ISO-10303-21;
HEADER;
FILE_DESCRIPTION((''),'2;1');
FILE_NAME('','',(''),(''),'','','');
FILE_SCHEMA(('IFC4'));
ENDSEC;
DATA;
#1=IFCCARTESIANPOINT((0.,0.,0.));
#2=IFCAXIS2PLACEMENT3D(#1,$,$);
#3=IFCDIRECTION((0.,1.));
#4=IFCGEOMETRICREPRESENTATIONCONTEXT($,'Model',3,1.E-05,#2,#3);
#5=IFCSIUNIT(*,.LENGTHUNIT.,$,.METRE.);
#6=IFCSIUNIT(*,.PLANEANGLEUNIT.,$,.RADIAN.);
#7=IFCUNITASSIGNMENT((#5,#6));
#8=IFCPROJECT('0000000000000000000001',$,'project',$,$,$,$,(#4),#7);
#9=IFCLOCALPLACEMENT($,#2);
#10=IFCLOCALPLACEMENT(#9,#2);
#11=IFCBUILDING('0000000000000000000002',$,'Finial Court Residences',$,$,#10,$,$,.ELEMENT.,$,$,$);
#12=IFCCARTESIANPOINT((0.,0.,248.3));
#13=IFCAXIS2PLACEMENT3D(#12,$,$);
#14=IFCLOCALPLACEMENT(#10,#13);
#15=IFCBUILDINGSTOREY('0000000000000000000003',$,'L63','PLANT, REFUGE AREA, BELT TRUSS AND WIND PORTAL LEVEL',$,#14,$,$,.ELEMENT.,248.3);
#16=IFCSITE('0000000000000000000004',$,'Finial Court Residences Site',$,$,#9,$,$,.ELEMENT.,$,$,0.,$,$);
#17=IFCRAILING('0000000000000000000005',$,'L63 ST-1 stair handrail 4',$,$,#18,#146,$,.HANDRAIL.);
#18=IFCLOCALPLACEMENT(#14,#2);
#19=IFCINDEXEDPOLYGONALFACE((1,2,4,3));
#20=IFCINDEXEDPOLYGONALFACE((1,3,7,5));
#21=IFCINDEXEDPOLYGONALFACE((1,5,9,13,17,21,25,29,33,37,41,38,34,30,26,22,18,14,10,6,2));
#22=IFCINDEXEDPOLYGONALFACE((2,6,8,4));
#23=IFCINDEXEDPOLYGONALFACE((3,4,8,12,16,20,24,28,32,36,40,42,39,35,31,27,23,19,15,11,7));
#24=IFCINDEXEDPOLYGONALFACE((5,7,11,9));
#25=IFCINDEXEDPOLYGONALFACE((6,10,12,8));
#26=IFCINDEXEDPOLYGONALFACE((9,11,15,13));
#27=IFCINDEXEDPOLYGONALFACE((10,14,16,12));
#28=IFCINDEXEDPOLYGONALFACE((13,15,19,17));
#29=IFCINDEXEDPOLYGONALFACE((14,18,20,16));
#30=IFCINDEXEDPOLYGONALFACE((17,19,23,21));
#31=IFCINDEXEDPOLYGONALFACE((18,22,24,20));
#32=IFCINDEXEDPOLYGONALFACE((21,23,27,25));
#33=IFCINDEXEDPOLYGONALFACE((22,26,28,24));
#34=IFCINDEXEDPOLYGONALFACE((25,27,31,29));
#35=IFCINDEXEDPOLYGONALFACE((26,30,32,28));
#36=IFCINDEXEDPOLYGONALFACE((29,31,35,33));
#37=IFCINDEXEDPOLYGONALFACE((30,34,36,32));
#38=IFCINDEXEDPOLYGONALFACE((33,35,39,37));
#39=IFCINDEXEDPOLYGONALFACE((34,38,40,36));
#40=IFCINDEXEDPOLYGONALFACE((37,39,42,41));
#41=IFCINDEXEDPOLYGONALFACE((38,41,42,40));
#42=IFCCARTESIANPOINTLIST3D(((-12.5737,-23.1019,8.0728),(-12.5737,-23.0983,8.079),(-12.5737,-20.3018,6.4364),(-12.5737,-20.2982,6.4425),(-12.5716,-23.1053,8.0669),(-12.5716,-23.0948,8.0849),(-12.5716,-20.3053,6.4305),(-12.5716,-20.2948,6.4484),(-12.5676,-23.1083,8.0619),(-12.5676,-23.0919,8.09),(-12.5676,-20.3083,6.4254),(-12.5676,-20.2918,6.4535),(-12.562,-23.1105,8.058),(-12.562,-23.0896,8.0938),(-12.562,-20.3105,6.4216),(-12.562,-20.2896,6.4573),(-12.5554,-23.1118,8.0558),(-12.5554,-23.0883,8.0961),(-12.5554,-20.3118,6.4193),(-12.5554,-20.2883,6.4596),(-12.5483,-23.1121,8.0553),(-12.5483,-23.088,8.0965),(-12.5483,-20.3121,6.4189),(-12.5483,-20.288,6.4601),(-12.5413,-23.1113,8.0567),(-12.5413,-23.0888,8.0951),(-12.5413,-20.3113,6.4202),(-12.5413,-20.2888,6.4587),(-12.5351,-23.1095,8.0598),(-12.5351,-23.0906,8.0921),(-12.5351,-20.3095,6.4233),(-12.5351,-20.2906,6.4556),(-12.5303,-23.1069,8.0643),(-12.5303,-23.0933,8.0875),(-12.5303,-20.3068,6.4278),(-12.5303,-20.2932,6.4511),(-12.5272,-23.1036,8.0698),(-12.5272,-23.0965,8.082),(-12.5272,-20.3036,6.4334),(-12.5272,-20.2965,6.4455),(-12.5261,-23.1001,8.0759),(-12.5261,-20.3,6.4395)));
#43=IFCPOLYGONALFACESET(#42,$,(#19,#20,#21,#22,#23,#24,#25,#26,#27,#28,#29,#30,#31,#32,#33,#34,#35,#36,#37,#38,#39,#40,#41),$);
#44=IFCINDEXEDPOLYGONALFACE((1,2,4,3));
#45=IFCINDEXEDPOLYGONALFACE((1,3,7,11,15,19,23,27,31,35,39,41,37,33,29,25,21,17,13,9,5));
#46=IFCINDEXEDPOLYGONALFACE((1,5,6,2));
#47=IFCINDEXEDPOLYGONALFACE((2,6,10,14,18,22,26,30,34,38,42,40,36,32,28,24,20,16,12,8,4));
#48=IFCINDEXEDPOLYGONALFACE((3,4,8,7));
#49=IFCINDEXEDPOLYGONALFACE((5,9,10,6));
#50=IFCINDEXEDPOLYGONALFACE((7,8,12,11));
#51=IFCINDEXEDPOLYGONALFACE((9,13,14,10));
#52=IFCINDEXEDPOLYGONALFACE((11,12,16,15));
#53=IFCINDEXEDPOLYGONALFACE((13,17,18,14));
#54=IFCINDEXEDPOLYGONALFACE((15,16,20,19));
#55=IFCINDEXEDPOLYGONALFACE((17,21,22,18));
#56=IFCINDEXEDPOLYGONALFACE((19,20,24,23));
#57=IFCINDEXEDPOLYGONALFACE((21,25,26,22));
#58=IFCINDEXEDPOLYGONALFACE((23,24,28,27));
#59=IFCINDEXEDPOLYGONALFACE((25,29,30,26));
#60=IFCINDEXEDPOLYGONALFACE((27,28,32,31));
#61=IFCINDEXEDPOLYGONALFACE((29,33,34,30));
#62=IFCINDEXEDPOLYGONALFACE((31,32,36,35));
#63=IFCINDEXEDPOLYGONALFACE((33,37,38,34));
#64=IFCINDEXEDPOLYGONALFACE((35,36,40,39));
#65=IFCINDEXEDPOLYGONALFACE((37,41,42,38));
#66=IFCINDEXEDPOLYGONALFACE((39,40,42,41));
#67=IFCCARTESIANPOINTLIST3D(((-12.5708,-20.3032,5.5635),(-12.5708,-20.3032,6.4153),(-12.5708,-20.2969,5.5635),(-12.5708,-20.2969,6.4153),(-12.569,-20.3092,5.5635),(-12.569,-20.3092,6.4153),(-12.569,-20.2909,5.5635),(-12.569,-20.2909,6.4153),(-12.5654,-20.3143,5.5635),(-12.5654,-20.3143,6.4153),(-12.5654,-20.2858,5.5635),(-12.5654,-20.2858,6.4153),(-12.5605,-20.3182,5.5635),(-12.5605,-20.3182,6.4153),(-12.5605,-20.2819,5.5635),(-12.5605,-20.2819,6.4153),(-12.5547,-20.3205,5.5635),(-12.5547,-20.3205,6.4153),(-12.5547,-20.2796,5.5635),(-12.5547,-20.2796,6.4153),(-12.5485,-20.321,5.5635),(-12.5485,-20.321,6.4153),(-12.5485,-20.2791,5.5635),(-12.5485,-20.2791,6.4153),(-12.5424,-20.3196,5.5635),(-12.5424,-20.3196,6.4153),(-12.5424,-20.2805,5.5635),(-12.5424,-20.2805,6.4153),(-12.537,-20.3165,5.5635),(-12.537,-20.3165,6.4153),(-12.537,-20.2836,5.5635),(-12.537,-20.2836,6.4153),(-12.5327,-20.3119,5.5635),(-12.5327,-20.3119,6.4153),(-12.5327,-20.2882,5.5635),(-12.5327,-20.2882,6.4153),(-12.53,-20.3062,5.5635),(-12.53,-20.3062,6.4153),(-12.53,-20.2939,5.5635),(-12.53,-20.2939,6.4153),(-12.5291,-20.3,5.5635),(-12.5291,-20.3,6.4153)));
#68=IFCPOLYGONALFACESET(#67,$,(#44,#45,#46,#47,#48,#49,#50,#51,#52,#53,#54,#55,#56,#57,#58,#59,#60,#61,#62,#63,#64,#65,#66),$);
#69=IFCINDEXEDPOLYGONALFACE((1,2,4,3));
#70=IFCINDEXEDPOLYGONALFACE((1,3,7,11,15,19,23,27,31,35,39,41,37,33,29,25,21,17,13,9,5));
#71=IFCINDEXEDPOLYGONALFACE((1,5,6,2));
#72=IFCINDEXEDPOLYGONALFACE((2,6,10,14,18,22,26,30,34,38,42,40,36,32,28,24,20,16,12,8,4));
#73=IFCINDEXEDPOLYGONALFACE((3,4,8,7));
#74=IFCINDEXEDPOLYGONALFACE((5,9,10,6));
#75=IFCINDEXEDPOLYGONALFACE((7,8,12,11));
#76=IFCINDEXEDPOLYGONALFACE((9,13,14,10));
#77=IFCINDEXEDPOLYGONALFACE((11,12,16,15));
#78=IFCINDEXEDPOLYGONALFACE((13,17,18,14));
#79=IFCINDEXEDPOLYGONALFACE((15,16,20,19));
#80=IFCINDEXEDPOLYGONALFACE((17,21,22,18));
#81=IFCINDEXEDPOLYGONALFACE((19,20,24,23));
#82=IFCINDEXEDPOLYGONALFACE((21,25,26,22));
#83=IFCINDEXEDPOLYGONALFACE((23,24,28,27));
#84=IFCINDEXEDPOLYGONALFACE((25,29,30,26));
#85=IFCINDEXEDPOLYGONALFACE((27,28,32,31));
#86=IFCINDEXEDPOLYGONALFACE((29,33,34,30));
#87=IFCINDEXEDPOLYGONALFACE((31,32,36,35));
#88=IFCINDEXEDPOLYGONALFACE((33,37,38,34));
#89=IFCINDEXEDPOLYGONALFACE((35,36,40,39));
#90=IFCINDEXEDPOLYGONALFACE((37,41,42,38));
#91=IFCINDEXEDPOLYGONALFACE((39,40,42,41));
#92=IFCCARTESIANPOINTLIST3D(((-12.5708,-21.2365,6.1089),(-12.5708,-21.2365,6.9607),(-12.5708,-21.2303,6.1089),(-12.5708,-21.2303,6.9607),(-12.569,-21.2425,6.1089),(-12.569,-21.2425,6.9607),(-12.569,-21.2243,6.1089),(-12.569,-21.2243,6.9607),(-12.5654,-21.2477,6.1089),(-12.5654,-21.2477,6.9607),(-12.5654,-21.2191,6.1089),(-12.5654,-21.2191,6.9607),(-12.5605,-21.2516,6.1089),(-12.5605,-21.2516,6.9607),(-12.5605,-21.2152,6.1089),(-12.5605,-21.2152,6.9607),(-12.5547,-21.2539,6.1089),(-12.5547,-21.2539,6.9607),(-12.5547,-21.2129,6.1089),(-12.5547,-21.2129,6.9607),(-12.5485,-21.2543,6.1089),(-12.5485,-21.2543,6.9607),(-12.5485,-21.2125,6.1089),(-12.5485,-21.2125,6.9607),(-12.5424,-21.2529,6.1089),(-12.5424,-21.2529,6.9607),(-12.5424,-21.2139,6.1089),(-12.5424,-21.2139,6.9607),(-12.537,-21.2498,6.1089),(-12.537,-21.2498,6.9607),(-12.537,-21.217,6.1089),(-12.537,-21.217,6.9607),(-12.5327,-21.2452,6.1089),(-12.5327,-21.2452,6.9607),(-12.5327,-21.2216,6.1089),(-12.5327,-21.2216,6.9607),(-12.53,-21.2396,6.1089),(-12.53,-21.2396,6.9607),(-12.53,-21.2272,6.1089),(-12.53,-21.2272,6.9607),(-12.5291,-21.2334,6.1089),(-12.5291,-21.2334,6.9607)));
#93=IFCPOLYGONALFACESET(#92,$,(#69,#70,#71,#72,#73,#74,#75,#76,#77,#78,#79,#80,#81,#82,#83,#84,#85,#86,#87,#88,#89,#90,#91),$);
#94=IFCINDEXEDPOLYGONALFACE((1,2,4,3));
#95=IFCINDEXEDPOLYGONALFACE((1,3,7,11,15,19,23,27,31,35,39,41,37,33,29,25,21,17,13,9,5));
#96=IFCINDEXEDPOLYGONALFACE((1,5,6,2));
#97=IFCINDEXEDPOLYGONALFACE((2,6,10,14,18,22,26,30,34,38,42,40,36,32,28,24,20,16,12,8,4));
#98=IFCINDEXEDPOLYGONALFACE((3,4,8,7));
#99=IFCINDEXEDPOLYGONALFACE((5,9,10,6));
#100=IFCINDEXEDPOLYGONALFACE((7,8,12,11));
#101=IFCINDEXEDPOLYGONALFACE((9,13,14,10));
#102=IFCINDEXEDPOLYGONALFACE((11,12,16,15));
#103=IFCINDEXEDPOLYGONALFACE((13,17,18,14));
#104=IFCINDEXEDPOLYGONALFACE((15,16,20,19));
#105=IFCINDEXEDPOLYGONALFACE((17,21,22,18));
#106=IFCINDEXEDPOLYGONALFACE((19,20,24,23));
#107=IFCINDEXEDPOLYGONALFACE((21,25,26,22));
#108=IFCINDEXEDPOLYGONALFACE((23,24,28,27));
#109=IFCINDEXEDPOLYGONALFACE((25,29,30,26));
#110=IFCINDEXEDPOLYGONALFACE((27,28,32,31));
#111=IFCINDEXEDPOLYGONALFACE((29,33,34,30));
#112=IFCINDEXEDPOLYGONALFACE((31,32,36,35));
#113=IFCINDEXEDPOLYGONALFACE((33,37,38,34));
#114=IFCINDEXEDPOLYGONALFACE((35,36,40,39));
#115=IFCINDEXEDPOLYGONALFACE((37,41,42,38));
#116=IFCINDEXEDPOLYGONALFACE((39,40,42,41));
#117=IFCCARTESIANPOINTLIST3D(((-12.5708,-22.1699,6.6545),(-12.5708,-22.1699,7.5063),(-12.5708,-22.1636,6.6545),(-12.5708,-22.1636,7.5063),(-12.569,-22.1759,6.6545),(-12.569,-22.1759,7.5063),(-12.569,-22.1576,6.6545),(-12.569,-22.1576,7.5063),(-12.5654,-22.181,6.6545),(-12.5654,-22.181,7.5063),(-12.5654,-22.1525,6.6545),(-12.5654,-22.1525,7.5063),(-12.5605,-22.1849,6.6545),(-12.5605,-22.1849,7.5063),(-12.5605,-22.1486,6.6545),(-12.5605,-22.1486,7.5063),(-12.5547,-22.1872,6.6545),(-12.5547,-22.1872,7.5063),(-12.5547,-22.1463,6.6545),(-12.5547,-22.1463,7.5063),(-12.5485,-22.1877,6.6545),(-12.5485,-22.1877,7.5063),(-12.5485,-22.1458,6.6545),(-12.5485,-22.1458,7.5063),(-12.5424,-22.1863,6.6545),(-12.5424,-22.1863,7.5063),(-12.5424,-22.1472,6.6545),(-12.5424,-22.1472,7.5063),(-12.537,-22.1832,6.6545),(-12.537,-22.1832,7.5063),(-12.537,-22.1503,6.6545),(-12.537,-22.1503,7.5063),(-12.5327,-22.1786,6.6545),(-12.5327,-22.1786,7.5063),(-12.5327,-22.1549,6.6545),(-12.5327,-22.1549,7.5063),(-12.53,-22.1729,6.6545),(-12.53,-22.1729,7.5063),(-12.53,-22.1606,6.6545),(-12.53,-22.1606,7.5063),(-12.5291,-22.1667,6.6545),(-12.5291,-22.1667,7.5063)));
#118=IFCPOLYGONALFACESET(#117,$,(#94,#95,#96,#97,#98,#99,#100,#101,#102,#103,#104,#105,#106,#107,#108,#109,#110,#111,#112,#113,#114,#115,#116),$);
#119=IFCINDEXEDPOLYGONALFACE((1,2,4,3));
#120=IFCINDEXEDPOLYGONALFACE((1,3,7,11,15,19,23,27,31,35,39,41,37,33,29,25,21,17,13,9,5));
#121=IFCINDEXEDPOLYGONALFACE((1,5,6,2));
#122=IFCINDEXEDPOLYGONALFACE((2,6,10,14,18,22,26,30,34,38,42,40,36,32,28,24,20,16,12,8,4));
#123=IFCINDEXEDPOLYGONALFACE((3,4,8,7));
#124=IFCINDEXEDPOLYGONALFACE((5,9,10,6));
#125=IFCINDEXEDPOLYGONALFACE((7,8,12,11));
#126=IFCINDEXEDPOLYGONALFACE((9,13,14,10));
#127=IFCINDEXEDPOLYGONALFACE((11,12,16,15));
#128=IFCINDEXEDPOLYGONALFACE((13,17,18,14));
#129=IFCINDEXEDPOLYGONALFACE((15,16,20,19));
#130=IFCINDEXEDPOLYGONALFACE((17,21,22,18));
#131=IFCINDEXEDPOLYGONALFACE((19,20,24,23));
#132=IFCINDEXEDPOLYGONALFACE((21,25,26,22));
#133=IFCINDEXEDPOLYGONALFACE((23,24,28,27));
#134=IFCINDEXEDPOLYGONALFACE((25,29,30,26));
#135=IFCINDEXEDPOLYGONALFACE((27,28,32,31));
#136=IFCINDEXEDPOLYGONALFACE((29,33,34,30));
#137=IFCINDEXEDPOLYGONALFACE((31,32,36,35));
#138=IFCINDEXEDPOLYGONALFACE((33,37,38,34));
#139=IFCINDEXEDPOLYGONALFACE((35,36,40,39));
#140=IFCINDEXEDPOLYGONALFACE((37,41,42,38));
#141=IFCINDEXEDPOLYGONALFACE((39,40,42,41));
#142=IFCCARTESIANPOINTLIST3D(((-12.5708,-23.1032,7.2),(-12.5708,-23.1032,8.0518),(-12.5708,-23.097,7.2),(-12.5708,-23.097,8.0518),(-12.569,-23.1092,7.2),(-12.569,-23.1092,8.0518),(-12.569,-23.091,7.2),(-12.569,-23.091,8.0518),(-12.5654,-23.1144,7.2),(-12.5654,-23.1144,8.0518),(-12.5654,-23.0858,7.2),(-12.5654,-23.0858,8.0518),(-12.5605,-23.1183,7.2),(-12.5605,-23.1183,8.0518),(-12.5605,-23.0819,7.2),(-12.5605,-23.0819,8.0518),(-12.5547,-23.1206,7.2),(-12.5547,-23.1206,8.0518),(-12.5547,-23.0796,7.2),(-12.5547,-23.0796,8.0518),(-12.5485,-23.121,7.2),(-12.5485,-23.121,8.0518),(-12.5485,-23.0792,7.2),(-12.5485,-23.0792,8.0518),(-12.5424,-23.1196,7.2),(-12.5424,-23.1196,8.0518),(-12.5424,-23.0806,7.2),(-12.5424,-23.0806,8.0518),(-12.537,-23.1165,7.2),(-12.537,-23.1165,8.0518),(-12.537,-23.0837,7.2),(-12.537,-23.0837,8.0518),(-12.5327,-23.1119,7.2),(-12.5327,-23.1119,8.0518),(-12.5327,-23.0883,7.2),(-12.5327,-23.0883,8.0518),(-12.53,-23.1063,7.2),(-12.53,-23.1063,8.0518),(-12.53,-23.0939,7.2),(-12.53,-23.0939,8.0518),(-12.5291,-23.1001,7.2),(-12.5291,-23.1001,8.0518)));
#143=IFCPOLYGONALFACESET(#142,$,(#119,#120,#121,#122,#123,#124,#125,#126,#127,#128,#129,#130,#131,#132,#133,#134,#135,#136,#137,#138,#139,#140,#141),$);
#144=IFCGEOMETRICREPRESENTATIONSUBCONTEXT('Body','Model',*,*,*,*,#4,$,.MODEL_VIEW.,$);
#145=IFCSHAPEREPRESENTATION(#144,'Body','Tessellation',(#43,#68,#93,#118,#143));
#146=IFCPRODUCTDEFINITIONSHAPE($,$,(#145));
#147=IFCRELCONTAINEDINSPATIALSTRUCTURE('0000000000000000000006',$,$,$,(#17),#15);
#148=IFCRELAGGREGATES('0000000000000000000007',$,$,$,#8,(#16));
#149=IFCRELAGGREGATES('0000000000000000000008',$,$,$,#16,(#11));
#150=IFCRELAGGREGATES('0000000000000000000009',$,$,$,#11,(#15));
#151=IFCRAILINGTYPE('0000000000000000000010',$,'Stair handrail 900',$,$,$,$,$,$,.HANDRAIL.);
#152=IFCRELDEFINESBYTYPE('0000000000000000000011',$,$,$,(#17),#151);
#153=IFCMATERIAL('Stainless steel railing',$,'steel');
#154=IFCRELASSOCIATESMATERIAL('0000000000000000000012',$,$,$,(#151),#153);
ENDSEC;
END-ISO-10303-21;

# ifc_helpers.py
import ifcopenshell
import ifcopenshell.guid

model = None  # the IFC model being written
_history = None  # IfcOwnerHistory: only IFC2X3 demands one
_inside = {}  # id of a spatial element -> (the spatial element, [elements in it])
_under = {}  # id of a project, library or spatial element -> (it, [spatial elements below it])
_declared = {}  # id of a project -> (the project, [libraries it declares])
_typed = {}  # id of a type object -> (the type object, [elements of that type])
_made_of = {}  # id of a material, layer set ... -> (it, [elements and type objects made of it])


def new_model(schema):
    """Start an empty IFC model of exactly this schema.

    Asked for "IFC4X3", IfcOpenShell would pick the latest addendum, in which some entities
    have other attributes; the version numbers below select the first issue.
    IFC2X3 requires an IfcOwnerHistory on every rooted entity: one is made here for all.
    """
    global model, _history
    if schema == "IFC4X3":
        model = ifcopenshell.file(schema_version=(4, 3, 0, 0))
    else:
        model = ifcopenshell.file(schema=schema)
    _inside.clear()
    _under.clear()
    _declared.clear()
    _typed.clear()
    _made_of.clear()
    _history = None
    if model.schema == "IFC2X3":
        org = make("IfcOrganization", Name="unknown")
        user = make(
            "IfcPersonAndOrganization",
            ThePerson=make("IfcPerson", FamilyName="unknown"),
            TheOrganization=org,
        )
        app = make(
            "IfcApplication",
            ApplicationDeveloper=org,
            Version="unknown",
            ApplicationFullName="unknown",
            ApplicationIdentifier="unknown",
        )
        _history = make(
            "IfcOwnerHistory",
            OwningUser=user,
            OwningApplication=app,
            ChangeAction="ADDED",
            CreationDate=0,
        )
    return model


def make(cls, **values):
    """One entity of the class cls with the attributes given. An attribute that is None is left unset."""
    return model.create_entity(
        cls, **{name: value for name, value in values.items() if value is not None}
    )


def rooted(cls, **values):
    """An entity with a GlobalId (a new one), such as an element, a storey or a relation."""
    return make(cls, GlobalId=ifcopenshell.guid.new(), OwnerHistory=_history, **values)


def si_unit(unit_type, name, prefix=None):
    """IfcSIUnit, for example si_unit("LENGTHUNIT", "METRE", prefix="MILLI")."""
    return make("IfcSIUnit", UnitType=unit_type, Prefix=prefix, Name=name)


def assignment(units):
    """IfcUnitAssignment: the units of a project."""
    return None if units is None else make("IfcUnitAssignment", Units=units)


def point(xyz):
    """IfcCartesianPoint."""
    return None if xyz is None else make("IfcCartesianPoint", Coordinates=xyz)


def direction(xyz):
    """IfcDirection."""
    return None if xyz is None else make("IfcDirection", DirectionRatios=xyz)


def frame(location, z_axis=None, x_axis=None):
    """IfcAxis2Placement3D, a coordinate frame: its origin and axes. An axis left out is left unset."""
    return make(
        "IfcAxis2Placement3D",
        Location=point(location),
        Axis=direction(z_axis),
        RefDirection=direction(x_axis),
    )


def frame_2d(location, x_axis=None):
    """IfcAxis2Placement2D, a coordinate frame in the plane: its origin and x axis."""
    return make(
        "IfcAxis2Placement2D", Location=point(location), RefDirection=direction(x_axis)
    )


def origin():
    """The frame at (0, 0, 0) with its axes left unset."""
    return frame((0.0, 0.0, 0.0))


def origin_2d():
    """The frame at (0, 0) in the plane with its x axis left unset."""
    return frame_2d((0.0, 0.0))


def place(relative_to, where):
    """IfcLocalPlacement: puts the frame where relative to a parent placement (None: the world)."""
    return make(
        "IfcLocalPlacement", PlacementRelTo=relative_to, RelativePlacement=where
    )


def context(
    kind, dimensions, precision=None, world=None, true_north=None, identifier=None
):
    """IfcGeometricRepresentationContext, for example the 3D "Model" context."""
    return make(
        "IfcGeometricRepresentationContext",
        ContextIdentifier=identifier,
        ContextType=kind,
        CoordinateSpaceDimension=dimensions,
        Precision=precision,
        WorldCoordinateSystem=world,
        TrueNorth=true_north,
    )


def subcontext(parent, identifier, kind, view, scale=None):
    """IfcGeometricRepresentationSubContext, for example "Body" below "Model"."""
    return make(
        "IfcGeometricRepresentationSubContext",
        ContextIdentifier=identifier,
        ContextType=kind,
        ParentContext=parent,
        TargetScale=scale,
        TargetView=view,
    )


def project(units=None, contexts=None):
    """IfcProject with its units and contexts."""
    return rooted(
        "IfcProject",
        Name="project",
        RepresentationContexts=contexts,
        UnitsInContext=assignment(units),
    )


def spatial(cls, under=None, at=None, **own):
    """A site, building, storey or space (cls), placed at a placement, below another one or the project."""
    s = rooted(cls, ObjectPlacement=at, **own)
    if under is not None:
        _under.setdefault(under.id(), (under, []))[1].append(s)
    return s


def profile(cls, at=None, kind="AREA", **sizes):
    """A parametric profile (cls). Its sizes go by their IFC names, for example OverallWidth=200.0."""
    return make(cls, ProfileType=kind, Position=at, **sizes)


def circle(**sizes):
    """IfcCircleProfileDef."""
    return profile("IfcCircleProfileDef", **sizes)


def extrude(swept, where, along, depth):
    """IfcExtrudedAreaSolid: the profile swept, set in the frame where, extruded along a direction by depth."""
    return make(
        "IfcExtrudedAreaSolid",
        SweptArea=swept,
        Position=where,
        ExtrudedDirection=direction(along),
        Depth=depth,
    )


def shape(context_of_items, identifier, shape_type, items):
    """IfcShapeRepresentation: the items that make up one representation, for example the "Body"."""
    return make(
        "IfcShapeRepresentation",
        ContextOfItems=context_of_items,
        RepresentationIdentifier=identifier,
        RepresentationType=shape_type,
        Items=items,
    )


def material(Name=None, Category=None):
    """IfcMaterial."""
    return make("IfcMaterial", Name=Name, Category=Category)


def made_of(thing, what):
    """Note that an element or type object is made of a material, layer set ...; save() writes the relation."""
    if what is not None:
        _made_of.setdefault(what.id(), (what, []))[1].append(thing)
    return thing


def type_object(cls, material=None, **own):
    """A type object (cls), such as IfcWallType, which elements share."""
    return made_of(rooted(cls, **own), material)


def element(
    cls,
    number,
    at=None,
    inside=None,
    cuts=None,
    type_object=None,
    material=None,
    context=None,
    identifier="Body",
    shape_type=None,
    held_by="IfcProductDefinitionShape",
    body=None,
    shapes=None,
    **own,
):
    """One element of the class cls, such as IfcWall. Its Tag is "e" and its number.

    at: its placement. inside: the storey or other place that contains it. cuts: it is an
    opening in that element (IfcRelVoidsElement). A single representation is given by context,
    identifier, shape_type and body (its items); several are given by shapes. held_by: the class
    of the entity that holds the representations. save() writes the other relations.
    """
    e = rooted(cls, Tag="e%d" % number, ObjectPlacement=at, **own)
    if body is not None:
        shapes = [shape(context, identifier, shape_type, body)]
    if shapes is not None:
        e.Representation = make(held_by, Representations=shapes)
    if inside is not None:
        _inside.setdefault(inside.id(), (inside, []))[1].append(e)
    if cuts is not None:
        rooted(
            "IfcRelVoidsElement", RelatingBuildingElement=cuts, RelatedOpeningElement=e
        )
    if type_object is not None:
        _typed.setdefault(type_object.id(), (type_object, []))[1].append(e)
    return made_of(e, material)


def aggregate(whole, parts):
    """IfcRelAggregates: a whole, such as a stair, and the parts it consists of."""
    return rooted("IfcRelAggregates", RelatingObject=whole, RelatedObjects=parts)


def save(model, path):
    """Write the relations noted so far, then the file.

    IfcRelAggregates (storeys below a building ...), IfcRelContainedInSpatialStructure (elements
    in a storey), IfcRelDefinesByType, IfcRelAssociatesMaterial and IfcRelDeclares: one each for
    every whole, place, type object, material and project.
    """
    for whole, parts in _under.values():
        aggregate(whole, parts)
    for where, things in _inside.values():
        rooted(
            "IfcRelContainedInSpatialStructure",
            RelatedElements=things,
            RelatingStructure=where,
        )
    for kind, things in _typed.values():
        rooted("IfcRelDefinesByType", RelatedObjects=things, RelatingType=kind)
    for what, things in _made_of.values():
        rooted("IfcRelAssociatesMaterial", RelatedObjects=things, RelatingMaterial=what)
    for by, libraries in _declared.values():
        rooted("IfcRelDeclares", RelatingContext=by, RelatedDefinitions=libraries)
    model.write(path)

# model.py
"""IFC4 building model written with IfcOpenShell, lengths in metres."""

from ifc_helpers import new_model, si_unit, direction, frame, origin, origin_2d, place, context, subcontext, project, spatial, circle, extrude, material, type_object, element, save


model = new_model("IFC4")

# Units and contexts
model_context = context("Model", 3, precision=1e-05, world=origin(), true_north=direction((0.0, 1.0)))
body_context = subcontext(model_context, "Body", "Model", "MODEL_VIEW")
ifc_project = project(units=[si_unit("LENGTHUNIT", "METRE"), si_unit("PLANEANGLEUNIT", "RADIAN")], contexts=[model_context])

# Site, building, storey
site_placement = place(None, origin())
site = spatial("IfcSite", under=ifc_project, at=site_placement, Name="Finial Court Residences Site", CompositionType="ELEMENT", RefElevation=0.0)
building_placement = place(site_placement, origin())
building = spatial("IfcBuilding", under=site, at=building_placement, Name="Finial Court Residences", CompositionType="ELEMENT")
storey_placement = place(building_placement, frame((0.0, 0.0, 248.3)))
storey = spatial("IfcBuildingStorey", under=building, at=storey_placement, Name="L63", Description="PLANT, REFUGE AREA, BELT TRUSS AND WIND PORTAL LEVEL", CompositionType="ELEMENT", Elevation=248.3)

# Railing
ifc_material_1 = material(Name="Stainless steel railing", Category="steel")
railing_type_1 = type_object("IfcRailingType", Name="Stair handrail 900", PredefinedType="HANDRAIL", material=ifc_material_1)
railing_1_placement = place(storey_placement, frame((-12.55, -20.3, 5.5635)))
element("IfcRailing", 1, at=railing_1_placement, inside=storey, type_object=railing_type_1, Name="L63 ST-1 stair handrail 4", PredefinedType="HANDRAIL", context=body_context, shape_type="SweptSolid", body=[
    extrude(circle(Radius=0.0239, at=origin_2d()), frame((0.0, 0.0, 0.876), z_axis=(0.0, -0.863361, 0.504587), x_axis=(1.0, 0.0, 0.0)), (0.0, 0.0, 1.0), 3.2432),
    extrude(circle(Radius=0.021, at=origin_2d()), origin(), (0.0, 0.0, 1.0), 0.8518),
    extrude(circle(Radius=0.021, at=origin_2d()), frame((0.0, -0.9333, 0.5454)), (0.0, 0.0, 1.0), 0.8518),
    extrude(circle(Radius=0.021, at=origin_2d()), frame((0.0, -1.8667, 1.0911)), (0.0, 0.0, 1.0), 0.8518),
    extrude(circle(Radius=0.021, at=origin_2d()), frame((0.0, -2.8, 1.6365)), (0.0, 0.0, 1.0), 0.8518),
])

save(model, "model.ifc")
